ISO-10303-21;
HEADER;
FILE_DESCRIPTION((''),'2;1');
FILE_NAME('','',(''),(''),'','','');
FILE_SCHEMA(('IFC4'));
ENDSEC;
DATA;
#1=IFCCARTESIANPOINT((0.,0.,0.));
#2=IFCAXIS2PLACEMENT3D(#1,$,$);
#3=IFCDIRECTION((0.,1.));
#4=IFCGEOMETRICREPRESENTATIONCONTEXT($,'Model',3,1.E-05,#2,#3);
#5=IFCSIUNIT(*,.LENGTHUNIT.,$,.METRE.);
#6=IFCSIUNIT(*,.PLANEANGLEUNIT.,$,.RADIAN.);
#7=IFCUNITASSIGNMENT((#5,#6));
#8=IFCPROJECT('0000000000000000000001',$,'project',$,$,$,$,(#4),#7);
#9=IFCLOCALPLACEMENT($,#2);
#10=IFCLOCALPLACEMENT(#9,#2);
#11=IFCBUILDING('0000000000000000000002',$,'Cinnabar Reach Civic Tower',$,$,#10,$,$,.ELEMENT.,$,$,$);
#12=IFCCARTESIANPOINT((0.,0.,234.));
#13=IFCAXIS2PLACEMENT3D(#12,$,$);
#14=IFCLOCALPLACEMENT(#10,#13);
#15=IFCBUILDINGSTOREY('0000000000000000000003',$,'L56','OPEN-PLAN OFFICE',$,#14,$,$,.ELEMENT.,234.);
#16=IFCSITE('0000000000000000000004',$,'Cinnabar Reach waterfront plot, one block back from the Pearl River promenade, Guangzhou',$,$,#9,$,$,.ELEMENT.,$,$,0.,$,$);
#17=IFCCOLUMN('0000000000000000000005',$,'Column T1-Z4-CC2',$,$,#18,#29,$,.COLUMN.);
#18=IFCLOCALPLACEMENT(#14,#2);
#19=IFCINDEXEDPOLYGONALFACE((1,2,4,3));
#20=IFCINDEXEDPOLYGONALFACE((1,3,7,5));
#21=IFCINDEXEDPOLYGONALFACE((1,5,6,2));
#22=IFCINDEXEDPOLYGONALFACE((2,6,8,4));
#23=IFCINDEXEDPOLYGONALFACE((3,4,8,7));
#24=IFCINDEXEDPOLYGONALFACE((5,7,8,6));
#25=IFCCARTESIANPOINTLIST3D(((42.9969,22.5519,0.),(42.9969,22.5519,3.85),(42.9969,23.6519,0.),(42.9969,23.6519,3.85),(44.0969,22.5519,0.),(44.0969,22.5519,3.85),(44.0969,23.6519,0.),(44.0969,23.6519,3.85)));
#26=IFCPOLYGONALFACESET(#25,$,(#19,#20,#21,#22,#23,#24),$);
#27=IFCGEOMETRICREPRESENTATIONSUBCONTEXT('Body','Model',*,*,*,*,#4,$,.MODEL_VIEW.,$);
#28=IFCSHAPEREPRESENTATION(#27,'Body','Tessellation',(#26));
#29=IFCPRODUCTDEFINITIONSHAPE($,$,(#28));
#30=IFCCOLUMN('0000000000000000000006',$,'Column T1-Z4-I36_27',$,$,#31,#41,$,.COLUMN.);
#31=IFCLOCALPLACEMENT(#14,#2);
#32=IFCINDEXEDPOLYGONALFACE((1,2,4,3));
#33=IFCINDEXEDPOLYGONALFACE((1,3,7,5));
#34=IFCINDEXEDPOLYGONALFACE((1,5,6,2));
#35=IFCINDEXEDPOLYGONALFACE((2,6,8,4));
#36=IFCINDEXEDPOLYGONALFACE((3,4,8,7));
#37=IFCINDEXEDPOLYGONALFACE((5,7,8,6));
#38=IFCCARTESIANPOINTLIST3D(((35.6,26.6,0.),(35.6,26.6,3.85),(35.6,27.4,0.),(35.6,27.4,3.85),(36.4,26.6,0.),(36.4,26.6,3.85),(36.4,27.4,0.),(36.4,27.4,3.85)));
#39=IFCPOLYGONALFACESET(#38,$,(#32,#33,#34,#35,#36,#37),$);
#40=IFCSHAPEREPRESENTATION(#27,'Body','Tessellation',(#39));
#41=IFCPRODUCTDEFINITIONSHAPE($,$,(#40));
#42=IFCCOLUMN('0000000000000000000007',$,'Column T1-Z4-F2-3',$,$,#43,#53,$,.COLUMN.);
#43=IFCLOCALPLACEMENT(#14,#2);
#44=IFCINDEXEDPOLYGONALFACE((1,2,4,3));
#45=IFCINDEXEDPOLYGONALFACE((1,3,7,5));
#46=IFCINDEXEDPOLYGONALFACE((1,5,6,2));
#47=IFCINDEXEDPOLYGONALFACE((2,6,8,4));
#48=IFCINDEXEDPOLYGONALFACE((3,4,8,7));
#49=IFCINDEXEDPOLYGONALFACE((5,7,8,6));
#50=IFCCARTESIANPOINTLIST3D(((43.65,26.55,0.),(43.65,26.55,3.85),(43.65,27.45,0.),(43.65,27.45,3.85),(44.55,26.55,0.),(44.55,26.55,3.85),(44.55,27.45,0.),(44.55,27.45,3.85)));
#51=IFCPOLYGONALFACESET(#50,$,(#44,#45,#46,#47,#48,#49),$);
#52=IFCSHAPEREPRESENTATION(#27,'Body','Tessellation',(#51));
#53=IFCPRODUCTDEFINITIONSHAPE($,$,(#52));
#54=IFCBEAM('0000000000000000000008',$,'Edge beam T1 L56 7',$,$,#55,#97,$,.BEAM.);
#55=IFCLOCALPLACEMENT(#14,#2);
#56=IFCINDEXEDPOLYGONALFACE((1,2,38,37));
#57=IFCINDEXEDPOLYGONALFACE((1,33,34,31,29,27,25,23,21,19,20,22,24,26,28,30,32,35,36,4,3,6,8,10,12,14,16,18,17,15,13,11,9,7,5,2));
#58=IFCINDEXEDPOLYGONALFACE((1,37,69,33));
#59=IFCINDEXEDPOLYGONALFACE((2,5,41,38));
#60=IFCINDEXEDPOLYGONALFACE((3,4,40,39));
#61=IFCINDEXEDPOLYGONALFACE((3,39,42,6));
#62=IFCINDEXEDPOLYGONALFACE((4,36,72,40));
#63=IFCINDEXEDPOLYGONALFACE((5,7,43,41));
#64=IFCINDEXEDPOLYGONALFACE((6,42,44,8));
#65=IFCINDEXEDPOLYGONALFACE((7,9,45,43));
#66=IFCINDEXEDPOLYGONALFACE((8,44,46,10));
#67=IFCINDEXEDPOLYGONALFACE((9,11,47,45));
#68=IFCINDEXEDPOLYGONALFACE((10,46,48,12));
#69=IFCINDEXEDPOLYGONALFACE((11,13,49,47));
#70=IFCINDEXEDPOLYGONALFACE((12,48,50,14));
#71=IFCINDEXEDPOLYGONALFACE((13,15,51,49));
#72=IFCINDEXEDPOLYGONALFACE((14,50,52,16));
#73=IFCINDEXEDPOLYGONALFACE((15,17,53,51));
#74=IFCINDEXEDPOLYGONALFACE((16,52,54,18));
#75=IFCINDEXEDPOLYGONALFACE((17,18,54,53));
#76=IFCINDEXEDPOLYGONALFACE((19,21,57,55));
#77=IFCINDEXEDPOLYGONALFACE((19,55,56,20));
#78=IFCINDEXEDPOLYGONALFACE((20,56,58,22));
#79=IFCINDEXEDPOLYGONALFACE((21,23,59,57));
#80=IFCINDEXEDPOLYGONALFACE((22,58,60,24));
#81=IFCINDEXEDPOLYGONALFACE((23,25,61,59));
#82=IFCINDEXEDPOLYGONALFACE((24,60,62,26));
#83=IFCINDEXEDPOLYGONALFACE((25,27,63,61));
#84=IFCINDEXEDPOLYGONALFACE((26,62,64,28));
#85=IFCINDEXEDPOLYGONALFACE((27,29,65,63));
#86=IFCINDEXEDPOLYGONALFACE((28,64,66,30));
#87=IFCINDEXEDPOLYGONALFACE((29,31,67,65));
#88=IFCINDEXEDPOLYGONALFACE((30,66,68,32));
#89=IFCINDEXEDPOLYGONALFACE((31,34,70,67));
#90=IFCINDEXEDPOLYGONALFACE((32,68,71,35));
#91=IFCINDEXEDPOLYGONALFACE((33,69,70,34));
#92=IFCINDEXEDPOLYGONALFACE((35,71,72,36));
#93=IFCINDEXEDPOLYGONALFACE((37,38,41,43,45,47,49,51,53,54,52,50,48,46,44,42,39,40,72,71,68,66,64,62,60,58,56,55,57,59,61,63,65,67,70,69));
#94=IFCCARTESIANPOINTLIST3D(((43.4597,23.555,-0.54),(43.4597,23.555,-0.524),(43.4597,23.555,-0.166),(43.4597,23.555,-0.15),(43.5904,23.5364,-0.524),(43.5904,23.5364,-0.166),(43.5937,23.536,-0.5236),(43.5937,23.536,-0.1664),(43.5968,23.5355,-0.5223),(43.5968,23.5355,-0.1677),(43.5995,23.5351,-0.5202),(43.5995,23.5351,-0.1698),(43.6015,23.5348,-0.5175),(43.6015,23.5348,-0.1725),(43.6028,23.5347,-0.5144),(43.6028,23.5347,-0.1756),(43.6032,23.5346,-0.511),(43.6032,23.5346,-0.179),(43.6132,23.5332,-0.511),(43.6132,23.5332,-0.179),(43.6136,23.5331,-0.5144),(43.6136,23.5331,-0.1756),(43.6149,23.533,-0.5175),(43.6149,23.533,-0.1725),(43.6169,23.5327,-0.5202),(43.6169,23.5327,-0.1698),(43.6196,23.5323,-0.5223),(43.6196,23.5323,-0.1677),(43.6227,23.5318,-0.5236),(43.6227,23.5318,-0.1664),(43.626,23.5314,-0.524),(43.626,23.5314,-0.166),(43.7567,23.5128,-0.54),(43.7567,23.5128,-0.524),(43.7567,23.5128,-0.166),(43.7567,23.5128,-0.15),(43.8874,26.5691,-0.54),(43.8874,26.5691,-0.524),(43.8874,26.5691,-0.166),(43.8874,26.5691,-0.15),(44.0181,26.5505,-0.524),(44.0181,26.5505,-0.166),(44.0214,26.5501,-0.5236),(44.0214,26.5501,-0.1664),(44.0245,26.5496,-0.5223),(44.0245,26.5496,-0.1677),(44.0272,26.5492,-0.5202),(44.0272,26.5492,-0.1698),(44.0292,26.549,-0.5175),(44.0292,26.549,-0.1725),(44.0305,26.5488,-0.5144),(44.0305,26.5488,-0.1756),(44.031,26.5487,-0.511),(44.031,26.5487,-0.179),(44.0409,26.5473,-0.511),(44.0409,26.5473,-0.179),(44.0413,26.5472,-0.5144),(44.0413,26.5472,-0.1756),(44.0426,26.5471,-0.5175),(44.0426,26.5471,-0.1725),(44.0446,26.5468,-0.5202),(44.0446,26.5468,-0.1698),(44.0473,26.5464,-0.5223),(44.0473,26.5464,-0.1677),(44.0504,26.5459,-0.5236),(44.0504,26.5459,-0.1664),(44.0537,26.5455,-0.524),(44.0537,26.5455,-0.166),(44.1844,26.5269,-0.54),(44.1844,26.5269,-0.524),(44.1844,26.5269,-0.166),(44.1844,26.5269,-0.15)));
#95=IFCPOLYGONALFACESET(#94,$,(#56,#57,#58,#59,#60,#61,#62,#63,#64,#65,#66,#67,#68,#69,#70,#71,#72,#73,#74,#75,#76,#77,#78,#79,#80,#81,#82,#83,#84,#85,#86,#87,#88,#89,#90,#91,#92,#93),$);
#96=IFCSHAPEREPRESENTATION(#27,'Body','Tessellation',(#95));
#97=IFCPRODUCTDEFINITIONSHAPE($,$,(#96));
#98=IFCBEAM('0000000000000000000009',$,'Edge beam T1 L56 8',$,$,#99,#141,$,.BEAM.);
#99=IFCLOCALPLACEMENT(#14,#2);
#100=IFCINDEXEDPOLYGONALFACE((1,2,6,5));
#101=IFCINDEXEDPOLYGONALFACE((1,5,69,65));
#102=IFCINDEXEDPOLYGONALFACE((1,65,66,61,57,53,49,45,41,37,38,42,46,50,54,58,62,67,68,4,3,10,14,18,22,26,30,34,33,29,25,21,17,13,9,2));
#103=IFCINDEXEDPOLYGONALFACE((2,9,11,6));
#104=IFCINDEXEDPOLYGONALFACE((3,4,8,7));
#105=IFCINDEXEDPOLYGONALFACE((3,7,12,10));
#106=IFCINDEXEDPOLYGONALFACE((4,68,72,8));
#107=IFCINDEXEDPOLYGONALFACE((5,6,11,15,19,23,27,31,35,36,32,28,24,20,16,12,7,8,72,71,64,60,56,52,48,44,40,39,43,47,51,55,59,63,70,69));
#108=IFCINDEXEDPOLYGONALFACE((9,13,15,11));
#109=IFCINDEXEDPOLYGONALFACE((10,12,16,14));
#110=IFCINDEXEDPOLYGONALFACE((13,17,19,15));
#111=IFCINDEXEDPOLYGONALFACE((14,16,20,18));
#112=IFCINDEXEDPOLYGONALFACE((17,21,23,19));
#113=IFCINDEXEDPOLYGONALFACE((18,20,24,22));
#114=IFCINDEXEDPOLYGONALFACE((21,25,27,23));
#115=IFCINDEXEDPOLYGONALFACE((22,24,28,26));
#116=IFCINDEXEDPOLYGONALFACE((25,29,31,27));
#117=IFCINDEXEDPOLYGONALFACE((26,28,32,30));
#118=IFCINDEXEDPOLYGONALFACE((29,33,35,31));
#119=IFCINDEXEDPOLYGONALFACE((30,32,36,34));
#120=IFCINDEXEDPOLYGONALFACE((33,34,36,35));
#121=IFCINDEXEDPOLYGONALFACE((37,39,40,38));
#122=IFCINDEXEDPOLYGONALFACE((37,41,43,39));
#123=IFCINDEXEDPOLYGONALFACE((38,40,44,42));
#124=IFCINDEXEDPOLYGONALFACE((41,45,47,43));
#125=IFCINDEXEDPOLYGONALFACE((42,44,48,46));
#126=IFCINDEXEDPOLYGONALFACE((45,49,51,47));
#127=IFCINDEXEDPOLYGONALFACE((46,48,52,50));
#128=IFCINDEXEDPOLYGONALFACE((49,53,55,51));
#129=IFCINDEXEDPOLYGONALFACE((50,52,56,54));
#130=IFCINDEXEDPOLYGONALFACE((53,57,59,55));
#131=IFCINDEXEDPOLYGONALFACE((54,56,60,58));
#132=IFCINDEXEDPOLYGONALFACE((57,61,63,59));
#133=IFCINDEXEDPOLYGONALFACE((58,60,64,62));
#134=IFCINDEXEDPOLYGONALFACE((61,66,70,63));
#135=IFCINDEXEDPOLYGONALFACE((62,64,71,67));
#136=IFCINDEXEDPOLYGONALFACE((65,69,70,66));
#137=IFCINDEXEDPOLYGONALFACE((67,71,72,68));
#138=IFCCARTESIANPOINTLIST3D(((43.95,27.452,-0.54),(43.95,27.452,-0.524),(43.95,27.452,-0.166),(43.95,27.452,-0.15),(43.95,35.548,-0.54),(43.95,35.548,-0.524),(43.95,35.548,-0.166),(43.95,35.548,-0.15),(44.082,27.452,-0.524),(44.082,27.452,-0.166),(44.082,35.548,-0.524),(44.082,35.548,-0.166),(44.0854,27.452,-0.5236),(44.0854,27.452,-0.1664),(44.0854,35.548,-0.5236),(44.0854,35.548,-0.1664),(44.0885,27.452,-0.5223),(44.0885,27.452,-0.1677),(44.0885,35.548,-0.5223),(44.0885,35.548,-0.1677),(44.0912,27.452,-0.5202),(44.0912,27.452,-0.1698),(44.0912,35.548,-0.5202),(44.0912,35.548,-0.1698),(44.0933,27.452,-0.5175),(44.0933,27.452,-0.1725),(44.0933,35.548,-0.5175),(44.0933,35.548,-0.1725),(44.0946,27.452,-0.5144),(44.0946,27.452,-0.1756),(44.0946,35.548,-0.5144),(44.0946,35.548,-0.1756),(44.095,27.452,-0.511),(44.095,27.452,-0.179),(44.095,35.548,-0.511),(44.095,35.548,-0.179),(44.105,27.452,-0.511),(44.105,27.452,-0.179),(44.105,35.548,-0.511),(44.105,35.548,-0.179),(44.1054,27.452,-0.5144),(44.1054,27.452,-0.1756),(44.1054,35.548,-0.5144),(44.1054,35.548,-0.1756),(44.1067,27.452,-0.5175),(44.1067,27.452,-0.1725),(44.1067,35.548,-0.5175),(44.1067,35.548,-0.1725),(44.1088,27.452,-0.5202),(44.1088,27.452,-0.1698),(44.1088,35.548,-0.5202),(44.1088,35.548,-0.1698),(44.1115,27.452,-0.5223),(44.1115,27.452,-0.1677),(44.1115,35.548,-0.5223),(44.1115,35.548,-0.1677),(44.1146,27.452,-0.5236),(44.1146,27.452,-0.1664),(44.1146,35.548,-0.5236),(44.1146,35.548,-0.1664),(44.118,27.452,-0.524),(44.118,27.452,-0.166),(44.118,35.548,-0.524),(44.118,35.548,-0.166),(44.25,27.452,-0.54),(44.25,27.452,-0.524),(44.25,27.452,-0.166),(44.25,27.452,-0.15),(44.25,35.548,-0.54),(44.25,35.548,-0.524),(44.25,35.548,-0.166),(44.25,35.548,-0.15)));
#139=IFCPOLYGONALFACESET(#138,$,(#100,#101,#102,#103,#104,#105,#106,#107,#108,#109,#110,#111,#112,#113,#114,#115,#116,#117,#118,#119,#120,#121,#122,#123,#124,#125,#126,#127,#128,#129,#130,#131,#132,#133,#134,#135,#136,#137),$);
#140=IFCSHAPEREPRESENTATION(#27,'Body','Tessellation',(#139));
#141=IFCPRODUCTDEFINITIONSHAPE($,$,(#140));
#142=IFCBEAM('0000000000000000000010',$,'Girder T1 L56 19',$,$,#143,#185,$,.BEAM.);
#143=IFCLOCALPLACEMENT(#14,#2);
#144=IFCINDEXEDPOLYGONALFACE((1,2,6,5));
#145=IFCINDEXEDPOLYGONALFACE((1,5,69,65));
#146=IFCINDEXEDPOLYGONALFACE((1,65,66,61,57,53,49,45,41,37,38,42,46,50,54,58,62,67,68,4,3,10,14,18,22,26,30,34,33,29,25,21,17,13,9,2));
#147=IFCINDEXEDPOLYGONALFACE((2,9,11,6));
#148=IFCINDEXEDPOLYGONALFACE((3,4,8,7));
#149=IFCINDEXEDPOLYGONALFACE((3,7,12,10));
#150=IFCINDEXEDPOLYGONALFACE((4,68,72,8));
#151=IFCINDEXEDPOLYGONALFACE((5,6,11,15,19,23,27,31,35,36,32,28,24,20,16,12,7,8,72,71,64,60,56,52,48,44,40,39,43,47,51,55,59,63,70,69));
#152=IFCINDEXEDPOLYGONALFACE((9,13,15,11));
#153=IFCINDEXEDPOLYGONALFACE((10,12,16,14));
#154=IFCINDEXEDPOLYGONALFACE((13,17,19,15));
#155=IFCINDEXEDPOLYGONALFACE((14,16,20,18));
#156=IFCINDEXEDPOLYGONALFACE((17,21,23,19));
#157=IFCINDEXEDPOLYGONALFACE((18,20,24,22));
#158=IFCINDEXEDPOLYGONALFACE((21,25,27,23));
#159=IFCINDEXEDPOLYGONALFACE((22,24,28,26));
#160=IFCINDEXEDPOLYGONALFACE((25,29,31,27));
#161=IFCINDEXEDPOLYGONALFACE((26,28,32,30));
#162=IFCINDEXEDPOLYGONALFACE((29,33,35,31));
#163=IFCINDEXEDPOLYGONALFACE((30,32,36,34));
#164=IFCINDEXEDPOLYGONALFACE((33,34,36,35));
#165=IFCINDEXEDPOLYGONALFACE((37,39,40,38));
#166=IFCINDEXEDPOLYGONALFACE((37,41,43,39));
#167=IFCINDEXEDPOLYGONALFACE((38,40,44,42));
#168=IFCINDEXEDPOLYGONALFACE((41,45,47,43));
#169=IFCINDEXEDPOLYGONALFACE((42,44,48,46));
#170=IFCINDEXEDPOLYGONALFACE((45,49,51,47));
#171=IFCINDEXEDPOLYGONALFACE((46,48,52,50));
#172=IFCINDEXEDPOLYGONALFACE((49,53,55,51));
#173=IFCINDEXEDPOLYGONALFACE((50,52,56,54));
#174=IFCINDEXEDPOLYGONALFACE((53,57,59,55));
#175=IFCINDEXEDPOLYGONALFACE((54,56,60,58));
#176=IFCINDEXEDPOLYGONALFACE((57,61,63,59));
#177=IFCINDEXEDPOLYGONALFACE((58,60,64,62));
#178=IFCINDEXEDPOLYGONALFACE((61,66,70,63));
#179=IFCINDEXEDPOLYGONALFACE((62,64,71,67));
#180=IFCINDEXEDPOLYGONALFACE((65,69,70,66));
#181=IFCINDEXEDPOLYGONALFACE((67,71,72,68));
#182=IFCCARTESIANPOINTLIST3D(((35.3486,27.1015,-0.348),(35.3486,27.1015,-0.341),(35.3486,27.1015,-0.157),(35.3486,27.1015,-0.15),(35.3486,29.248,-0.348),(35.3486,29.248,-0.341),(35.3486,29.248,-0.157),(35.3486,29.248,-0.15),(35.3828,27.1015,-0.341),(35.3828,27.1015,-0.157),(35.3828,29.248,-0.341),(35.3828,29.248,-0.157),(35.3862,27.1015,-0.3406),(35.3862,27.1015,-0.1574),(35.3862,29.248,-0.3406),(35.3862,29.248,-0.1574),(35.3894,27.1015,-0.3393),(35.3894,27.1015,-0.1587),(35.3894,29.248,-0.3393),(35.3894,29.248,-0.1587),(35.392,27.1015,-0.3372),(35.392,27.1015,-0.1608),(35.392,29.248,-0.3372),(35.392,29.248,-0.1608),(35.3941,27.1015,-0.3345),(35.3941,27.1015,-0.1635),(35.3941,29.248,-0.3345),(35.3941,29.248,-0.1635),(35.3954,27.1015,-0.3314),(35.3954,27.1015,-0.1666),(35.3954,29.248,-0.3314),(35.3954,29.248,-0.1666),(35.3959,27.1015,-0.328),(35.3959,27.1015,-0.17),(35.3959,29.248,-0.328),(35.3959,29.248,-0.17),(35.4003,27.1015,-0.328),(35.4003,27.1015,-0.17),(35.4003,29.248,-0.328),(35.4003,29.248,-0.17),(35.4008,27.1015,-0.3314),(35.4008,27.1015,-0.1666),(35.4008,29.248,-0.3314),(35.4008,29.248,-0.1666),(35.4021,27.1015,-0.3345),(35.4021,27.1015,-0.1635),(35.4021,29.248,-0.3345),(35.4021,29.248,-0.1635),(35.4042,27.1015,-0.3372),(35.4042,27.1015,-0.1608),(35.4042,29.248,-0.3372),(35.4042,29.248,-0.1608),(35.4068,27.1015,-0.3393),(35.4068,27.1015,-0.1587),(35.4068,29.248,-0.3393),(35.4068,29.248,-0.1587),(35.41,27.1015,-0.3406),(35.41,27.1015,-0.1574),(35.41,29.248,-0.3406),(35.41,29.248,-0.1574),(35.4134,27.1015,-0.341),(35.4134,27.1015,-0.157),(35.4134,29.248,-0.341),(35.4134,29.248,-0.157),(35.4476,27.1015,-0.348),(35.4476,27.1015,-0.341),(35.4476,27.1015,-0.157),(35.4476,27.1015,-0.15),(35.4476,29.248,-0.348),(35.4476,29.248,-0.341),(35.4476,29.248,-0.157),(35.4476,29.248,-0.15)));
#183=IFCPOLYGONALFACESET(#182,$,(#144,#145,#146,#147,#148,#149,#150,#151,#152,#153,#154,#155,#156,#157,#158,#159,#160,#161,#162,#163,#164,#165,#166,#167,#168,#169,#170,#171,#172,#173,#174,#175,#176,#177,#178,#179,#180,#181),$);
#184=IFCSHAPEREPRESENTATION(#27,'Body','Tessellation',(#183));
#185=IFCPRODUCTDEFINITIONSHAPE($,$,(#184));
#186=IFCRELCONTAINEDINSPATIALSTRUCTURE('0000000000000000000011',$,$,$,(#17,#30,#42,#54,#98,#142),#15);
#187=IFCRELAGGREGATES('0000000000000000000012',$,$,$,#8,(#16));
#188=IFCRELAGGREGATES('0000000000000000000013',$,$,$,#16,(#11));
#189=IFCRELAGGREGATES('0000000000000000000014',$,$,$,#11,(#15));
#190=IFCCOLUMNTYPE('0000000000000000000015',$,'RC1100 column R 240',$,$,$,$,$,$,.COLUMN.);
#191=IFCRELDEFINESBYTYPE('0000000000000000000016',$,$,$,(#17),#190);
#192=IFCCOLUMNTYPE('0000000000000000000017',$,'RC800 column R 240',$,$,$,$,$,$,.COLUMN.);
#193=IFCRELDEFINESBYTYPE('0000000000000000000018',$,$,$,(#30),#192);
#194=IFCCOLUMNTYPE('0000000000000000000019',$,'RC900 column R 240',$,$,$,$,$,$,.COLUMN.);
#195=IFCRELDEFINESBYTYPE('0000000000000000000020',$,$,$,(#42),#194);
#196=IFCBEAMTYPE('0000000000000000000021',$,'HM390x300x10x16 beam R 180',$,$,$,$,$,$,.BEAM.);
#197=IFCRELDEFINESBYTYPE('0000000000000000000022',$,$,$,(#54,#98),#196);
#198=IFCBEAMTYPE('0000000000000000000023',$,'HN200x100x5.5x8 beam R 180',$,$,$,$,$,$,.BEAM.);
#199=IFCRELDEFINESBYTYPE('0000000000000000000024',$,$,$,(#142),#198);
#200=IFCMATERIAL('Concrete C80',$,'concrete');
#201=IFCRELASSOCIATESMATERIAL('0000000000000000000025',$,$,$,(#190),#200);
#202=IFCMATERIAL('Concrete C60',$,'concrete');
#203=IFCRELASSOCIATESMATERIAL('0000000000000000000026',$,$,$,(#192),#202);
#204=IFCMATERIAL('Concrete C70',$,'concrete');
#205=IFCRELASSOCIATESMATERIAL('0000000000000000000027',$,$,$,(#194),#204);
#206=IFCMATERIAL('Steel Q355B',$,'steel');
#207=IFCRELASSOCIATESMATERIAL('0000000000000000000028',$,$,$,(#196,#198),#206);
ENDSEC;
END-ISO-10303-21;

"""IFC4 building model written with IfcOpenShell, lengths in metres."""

from ifc_helpers import new_model, si_unit, direction, frame, origin, origin_2d, place, context, subcontext, project, spatial, rectangle, i_section, extrude, material, material_profile, profile_set, type_object, element, save


model = new_model("IFC4")

# Units and contexts
model_context = context("Model", 3, precision=1e-05, world=origin(), true_north=direction((0.0, 1.0)))
body_context = subcontext(model_context, "Body", "Model", "MODEL_VIEW")
ifc_project = project(units=[si_unit("LENGTHUNIT", "METRE"), si_unit("PLANEANGLEUNIT", "RADIAN")], contexts=[model_context])

# Site, building, storey
site_placement = place(None, origin())
site = spatial("IfcSite", under=ifc_project, at=site_placement, Name="Cinnabar Reach waterfront plot, one block back from the Pearl River promenade, Guangzhou", CompositionType="ELEMENT", RefElevation=0.0)
building_placement = place(site_placement, origin())
building = spatial("IfcBuilding", under=site, at=building_placement, Name="Cinnabar Reach Civic Tower", CompositionType="ELEMENT")
storey_placement = place(building_placement, frame((0.0, 0.0, 234.0)))
storey = spatial("IfcBuildingStorey", under=building, at=storey_placement, Name="L56", Description="OPEN-PLAN OFFICE", CompositionType="ELEMENT", Elevation=234.0)

# Columns
ifc_material_1 = material(Name="Concrete C80", Category="concrete")
ifc_material_profile_1 = material_profile(ifc_material_1, rectangle(XDim=1.1, YDim=1.1, at=origin_2d()), Name="RC1100")
ifc_profile_set_1 = profile_set([ifc_material_profile_1], Name="Concrete C80")
column_type_1 = type_object("IfcColumnType", Name="RC1100 column R 240", PredefinedType="COLUMN", material=ifc_profile_set_1)
column_1_placement = place(storey_placement, frame((43.5469, 23.1019, 0.0), z_axis=(0.0, 0.0, 1.0), x_axis=(1.0, 0.0, 0.0)))
element("IfcColumn", 1, at=column_1_placement, inside=storey, type_object=column_type_1, Name="Column T1-Z4-CC2", PredefinedType="COLUMN", context=body_context, shape_type="SweptSolid", body=[
    extrude(rectangle(XDim=1.1, YDim=1.1, at=origin_2d()), origin(), (0.0, 0.0, 1.0), 3.85),
])
ifc_material_2 = material(Name="Concrete C60", Category="concrete")
ifc_material_profile_2 = material_profile(ifc_material_2, rectangle(XDim=0.8, YDim=0.8, at=origin_2d()), Name="RC800")
ifc_profile_set_2 = profile_set([ifc_material_profile_2], Name="Concrete C60")
column_type_2 = type_object("IfcColumnType", Name="RC800 column R 240", PredefinedType="COLUMN", material=ifc_profile_set_2)
column_2_placement = place(storey_placement, frame((36.0, 27.0, 0.0), z_axis=(0.0, 0.0, 1.0), x_axis=(1.0, 0.0, 0.0)))
element("IfcColumn", 2, at=column_2_placement, inside=storey, type_object=column_type_2, Name="Column T1-Z4-I36_27", PredefinedType="COLUMN", context=body_context, shape_type="SweptSolid", body=[
    extrude(rectangle(XDim=0.8, YDim=0.8, at=origin_2d()), origin(), (0.0, 0.0, 1.0), 3.85),
])
ifc_material_3 = material(Name="Concrete C70", Category="concrete")
ifc_material_profile_3 = material_profile(ifc_material_3, rectangle(XDim=0.9, YDim=0.9, at=origin_2d()), Name="RC900")
ifc_profile_set_3 = profile_set([ifc_material_profile_3], Name="Concrete C70")
column_type_3 = type_object("IfcColumnType", Name="RC900 column R 240", PredefinedType="COLUMN", material=ifc_profile_set_3)
column_3_placement = place(storey_placement, frame((44.1, 27.0, 0.0), z_axis=(0.0, 0.0, 1.0), x_axis=(1.0, 0.0, 0.0)))
element("IfcColumn", 3, at=column_3_placement, inside=storey, type_object=column_type_3, Name="Column T1-Z4-F2-3", PredefinedType="COLUMN", context=body_context, shape_type="SweptSolid", body=[
    extrude(rectangle(XDim=0.9, YDim=0.9, at=origin_2d()), origin(), (0.0, 0.0, 1.0), 3.85),
])

# Beams
ifc_material_4 = material(Name="Steel Q355B", Category="steel")
ifc_material_profile_4 = material_profile(ifc_material_4, i_section(OverallWidth=0.3, OverallDepth=0.39, WebThickness=0.01, FlangeThickness=0.016, FilletRadius=0.013, at=origin_2d()), Name="HM390x300x10x16")
ifc_profile_set_4 = profile_set([ifc_material_profile_4], Name="Steel Q355B")
beam_type_1 = type_object("IfcBeamType", Name="HM390x300x10x16 beam R 180", PredefinedType="BEAM", material=ifc_profile_set_4)
beam_1_placement = place(storey_placement, frame((43.6082, 23.5339, -0.345), z_axis=(0.140492, 0.990082, 0.0), x_axis=(-0.990082, 0.140492, 0.0)))
element("IfcBeam", 4, at=beam_1_placement, inside=storey, type_object=beam_type_1, Name="Edge beam T1 L56 7", PredefinedType="BEAM", context=body_context, shape_type="SweptSolid", body=[
    extrude(i_section(OverallWidth=0.3, OverallDepth=0.39, WebThickness=0.01, FlangeThickness=0.016, FilletRadius=0.013, at=origin_2d()), origin(), (0.0, 0.0, 1.0), 3.0443),
])
beam_2_placement = place(storey_placement, frame((44.1, 27.452, -0.345), z_axis=(0.0, 1.0, 0.0), x_axis=(-1.0, 0.0, 0.0)))
element("IfcBeam", 5, at=beam_2_placement, inside=storey, type_object=beam_type_1, Name="Edge beam T1 L56 8", PredefinedType="BEAM", context=body_context, shape_type="SweptSolid", body=[
    extrude(i_section(OverallWidth=0.3, OverallDepth=0.39, WebThickness=0.01, FlangeThickness=0.016, FilletRadius=0.013, at=origin_2d()), origin(), (0.0, 0.0, 1.0), 8.096),
])
ifc_material_profile_5 = material_profile(ifc_material_4, i_section(OverallWidth=0.099, OverallDepth=0.198, WebThickness=0.0045, FlangeThickness=0.007, FilletRadius=0.013, at=origin_2d()), Name="HN200x100x5.5x8")
ifc_profile_set_5 = profile_set([ifc_material_profile_5], Name="Steel Q355B")
beam_type_2 = type_object("IfcBeamType", Name="HN200x100x5.5x8 beam R 180", PredefinedType="BEAM", material=ifc_profile_set_5)
beam_3_placement = place(storey_placement, frame((35.3981, 27.1015, -0.249), z_axis=(0.0, 1.0, 0.0), x_axis=(-1.0, 0.0, 0.0)))
element("IfcBeam", 6, at=beam_3_placement, inside=storey, type_object=beam_type_2, Name="Girder T1 L56 19", PredefinedType="BEAM", context=body_context, shape_type="SweptSolid", body=[
    extrude(i_section(OverallWidth=0.099, OverallDepth=0.198, WebThickness=0.0045, FlangeThickness=0.007, FilletRadius=0.013, at=origin_2d()), origin(), (0.0, 0.0, 1.0), 2.1465),
])

save(model, "model.ifc")
